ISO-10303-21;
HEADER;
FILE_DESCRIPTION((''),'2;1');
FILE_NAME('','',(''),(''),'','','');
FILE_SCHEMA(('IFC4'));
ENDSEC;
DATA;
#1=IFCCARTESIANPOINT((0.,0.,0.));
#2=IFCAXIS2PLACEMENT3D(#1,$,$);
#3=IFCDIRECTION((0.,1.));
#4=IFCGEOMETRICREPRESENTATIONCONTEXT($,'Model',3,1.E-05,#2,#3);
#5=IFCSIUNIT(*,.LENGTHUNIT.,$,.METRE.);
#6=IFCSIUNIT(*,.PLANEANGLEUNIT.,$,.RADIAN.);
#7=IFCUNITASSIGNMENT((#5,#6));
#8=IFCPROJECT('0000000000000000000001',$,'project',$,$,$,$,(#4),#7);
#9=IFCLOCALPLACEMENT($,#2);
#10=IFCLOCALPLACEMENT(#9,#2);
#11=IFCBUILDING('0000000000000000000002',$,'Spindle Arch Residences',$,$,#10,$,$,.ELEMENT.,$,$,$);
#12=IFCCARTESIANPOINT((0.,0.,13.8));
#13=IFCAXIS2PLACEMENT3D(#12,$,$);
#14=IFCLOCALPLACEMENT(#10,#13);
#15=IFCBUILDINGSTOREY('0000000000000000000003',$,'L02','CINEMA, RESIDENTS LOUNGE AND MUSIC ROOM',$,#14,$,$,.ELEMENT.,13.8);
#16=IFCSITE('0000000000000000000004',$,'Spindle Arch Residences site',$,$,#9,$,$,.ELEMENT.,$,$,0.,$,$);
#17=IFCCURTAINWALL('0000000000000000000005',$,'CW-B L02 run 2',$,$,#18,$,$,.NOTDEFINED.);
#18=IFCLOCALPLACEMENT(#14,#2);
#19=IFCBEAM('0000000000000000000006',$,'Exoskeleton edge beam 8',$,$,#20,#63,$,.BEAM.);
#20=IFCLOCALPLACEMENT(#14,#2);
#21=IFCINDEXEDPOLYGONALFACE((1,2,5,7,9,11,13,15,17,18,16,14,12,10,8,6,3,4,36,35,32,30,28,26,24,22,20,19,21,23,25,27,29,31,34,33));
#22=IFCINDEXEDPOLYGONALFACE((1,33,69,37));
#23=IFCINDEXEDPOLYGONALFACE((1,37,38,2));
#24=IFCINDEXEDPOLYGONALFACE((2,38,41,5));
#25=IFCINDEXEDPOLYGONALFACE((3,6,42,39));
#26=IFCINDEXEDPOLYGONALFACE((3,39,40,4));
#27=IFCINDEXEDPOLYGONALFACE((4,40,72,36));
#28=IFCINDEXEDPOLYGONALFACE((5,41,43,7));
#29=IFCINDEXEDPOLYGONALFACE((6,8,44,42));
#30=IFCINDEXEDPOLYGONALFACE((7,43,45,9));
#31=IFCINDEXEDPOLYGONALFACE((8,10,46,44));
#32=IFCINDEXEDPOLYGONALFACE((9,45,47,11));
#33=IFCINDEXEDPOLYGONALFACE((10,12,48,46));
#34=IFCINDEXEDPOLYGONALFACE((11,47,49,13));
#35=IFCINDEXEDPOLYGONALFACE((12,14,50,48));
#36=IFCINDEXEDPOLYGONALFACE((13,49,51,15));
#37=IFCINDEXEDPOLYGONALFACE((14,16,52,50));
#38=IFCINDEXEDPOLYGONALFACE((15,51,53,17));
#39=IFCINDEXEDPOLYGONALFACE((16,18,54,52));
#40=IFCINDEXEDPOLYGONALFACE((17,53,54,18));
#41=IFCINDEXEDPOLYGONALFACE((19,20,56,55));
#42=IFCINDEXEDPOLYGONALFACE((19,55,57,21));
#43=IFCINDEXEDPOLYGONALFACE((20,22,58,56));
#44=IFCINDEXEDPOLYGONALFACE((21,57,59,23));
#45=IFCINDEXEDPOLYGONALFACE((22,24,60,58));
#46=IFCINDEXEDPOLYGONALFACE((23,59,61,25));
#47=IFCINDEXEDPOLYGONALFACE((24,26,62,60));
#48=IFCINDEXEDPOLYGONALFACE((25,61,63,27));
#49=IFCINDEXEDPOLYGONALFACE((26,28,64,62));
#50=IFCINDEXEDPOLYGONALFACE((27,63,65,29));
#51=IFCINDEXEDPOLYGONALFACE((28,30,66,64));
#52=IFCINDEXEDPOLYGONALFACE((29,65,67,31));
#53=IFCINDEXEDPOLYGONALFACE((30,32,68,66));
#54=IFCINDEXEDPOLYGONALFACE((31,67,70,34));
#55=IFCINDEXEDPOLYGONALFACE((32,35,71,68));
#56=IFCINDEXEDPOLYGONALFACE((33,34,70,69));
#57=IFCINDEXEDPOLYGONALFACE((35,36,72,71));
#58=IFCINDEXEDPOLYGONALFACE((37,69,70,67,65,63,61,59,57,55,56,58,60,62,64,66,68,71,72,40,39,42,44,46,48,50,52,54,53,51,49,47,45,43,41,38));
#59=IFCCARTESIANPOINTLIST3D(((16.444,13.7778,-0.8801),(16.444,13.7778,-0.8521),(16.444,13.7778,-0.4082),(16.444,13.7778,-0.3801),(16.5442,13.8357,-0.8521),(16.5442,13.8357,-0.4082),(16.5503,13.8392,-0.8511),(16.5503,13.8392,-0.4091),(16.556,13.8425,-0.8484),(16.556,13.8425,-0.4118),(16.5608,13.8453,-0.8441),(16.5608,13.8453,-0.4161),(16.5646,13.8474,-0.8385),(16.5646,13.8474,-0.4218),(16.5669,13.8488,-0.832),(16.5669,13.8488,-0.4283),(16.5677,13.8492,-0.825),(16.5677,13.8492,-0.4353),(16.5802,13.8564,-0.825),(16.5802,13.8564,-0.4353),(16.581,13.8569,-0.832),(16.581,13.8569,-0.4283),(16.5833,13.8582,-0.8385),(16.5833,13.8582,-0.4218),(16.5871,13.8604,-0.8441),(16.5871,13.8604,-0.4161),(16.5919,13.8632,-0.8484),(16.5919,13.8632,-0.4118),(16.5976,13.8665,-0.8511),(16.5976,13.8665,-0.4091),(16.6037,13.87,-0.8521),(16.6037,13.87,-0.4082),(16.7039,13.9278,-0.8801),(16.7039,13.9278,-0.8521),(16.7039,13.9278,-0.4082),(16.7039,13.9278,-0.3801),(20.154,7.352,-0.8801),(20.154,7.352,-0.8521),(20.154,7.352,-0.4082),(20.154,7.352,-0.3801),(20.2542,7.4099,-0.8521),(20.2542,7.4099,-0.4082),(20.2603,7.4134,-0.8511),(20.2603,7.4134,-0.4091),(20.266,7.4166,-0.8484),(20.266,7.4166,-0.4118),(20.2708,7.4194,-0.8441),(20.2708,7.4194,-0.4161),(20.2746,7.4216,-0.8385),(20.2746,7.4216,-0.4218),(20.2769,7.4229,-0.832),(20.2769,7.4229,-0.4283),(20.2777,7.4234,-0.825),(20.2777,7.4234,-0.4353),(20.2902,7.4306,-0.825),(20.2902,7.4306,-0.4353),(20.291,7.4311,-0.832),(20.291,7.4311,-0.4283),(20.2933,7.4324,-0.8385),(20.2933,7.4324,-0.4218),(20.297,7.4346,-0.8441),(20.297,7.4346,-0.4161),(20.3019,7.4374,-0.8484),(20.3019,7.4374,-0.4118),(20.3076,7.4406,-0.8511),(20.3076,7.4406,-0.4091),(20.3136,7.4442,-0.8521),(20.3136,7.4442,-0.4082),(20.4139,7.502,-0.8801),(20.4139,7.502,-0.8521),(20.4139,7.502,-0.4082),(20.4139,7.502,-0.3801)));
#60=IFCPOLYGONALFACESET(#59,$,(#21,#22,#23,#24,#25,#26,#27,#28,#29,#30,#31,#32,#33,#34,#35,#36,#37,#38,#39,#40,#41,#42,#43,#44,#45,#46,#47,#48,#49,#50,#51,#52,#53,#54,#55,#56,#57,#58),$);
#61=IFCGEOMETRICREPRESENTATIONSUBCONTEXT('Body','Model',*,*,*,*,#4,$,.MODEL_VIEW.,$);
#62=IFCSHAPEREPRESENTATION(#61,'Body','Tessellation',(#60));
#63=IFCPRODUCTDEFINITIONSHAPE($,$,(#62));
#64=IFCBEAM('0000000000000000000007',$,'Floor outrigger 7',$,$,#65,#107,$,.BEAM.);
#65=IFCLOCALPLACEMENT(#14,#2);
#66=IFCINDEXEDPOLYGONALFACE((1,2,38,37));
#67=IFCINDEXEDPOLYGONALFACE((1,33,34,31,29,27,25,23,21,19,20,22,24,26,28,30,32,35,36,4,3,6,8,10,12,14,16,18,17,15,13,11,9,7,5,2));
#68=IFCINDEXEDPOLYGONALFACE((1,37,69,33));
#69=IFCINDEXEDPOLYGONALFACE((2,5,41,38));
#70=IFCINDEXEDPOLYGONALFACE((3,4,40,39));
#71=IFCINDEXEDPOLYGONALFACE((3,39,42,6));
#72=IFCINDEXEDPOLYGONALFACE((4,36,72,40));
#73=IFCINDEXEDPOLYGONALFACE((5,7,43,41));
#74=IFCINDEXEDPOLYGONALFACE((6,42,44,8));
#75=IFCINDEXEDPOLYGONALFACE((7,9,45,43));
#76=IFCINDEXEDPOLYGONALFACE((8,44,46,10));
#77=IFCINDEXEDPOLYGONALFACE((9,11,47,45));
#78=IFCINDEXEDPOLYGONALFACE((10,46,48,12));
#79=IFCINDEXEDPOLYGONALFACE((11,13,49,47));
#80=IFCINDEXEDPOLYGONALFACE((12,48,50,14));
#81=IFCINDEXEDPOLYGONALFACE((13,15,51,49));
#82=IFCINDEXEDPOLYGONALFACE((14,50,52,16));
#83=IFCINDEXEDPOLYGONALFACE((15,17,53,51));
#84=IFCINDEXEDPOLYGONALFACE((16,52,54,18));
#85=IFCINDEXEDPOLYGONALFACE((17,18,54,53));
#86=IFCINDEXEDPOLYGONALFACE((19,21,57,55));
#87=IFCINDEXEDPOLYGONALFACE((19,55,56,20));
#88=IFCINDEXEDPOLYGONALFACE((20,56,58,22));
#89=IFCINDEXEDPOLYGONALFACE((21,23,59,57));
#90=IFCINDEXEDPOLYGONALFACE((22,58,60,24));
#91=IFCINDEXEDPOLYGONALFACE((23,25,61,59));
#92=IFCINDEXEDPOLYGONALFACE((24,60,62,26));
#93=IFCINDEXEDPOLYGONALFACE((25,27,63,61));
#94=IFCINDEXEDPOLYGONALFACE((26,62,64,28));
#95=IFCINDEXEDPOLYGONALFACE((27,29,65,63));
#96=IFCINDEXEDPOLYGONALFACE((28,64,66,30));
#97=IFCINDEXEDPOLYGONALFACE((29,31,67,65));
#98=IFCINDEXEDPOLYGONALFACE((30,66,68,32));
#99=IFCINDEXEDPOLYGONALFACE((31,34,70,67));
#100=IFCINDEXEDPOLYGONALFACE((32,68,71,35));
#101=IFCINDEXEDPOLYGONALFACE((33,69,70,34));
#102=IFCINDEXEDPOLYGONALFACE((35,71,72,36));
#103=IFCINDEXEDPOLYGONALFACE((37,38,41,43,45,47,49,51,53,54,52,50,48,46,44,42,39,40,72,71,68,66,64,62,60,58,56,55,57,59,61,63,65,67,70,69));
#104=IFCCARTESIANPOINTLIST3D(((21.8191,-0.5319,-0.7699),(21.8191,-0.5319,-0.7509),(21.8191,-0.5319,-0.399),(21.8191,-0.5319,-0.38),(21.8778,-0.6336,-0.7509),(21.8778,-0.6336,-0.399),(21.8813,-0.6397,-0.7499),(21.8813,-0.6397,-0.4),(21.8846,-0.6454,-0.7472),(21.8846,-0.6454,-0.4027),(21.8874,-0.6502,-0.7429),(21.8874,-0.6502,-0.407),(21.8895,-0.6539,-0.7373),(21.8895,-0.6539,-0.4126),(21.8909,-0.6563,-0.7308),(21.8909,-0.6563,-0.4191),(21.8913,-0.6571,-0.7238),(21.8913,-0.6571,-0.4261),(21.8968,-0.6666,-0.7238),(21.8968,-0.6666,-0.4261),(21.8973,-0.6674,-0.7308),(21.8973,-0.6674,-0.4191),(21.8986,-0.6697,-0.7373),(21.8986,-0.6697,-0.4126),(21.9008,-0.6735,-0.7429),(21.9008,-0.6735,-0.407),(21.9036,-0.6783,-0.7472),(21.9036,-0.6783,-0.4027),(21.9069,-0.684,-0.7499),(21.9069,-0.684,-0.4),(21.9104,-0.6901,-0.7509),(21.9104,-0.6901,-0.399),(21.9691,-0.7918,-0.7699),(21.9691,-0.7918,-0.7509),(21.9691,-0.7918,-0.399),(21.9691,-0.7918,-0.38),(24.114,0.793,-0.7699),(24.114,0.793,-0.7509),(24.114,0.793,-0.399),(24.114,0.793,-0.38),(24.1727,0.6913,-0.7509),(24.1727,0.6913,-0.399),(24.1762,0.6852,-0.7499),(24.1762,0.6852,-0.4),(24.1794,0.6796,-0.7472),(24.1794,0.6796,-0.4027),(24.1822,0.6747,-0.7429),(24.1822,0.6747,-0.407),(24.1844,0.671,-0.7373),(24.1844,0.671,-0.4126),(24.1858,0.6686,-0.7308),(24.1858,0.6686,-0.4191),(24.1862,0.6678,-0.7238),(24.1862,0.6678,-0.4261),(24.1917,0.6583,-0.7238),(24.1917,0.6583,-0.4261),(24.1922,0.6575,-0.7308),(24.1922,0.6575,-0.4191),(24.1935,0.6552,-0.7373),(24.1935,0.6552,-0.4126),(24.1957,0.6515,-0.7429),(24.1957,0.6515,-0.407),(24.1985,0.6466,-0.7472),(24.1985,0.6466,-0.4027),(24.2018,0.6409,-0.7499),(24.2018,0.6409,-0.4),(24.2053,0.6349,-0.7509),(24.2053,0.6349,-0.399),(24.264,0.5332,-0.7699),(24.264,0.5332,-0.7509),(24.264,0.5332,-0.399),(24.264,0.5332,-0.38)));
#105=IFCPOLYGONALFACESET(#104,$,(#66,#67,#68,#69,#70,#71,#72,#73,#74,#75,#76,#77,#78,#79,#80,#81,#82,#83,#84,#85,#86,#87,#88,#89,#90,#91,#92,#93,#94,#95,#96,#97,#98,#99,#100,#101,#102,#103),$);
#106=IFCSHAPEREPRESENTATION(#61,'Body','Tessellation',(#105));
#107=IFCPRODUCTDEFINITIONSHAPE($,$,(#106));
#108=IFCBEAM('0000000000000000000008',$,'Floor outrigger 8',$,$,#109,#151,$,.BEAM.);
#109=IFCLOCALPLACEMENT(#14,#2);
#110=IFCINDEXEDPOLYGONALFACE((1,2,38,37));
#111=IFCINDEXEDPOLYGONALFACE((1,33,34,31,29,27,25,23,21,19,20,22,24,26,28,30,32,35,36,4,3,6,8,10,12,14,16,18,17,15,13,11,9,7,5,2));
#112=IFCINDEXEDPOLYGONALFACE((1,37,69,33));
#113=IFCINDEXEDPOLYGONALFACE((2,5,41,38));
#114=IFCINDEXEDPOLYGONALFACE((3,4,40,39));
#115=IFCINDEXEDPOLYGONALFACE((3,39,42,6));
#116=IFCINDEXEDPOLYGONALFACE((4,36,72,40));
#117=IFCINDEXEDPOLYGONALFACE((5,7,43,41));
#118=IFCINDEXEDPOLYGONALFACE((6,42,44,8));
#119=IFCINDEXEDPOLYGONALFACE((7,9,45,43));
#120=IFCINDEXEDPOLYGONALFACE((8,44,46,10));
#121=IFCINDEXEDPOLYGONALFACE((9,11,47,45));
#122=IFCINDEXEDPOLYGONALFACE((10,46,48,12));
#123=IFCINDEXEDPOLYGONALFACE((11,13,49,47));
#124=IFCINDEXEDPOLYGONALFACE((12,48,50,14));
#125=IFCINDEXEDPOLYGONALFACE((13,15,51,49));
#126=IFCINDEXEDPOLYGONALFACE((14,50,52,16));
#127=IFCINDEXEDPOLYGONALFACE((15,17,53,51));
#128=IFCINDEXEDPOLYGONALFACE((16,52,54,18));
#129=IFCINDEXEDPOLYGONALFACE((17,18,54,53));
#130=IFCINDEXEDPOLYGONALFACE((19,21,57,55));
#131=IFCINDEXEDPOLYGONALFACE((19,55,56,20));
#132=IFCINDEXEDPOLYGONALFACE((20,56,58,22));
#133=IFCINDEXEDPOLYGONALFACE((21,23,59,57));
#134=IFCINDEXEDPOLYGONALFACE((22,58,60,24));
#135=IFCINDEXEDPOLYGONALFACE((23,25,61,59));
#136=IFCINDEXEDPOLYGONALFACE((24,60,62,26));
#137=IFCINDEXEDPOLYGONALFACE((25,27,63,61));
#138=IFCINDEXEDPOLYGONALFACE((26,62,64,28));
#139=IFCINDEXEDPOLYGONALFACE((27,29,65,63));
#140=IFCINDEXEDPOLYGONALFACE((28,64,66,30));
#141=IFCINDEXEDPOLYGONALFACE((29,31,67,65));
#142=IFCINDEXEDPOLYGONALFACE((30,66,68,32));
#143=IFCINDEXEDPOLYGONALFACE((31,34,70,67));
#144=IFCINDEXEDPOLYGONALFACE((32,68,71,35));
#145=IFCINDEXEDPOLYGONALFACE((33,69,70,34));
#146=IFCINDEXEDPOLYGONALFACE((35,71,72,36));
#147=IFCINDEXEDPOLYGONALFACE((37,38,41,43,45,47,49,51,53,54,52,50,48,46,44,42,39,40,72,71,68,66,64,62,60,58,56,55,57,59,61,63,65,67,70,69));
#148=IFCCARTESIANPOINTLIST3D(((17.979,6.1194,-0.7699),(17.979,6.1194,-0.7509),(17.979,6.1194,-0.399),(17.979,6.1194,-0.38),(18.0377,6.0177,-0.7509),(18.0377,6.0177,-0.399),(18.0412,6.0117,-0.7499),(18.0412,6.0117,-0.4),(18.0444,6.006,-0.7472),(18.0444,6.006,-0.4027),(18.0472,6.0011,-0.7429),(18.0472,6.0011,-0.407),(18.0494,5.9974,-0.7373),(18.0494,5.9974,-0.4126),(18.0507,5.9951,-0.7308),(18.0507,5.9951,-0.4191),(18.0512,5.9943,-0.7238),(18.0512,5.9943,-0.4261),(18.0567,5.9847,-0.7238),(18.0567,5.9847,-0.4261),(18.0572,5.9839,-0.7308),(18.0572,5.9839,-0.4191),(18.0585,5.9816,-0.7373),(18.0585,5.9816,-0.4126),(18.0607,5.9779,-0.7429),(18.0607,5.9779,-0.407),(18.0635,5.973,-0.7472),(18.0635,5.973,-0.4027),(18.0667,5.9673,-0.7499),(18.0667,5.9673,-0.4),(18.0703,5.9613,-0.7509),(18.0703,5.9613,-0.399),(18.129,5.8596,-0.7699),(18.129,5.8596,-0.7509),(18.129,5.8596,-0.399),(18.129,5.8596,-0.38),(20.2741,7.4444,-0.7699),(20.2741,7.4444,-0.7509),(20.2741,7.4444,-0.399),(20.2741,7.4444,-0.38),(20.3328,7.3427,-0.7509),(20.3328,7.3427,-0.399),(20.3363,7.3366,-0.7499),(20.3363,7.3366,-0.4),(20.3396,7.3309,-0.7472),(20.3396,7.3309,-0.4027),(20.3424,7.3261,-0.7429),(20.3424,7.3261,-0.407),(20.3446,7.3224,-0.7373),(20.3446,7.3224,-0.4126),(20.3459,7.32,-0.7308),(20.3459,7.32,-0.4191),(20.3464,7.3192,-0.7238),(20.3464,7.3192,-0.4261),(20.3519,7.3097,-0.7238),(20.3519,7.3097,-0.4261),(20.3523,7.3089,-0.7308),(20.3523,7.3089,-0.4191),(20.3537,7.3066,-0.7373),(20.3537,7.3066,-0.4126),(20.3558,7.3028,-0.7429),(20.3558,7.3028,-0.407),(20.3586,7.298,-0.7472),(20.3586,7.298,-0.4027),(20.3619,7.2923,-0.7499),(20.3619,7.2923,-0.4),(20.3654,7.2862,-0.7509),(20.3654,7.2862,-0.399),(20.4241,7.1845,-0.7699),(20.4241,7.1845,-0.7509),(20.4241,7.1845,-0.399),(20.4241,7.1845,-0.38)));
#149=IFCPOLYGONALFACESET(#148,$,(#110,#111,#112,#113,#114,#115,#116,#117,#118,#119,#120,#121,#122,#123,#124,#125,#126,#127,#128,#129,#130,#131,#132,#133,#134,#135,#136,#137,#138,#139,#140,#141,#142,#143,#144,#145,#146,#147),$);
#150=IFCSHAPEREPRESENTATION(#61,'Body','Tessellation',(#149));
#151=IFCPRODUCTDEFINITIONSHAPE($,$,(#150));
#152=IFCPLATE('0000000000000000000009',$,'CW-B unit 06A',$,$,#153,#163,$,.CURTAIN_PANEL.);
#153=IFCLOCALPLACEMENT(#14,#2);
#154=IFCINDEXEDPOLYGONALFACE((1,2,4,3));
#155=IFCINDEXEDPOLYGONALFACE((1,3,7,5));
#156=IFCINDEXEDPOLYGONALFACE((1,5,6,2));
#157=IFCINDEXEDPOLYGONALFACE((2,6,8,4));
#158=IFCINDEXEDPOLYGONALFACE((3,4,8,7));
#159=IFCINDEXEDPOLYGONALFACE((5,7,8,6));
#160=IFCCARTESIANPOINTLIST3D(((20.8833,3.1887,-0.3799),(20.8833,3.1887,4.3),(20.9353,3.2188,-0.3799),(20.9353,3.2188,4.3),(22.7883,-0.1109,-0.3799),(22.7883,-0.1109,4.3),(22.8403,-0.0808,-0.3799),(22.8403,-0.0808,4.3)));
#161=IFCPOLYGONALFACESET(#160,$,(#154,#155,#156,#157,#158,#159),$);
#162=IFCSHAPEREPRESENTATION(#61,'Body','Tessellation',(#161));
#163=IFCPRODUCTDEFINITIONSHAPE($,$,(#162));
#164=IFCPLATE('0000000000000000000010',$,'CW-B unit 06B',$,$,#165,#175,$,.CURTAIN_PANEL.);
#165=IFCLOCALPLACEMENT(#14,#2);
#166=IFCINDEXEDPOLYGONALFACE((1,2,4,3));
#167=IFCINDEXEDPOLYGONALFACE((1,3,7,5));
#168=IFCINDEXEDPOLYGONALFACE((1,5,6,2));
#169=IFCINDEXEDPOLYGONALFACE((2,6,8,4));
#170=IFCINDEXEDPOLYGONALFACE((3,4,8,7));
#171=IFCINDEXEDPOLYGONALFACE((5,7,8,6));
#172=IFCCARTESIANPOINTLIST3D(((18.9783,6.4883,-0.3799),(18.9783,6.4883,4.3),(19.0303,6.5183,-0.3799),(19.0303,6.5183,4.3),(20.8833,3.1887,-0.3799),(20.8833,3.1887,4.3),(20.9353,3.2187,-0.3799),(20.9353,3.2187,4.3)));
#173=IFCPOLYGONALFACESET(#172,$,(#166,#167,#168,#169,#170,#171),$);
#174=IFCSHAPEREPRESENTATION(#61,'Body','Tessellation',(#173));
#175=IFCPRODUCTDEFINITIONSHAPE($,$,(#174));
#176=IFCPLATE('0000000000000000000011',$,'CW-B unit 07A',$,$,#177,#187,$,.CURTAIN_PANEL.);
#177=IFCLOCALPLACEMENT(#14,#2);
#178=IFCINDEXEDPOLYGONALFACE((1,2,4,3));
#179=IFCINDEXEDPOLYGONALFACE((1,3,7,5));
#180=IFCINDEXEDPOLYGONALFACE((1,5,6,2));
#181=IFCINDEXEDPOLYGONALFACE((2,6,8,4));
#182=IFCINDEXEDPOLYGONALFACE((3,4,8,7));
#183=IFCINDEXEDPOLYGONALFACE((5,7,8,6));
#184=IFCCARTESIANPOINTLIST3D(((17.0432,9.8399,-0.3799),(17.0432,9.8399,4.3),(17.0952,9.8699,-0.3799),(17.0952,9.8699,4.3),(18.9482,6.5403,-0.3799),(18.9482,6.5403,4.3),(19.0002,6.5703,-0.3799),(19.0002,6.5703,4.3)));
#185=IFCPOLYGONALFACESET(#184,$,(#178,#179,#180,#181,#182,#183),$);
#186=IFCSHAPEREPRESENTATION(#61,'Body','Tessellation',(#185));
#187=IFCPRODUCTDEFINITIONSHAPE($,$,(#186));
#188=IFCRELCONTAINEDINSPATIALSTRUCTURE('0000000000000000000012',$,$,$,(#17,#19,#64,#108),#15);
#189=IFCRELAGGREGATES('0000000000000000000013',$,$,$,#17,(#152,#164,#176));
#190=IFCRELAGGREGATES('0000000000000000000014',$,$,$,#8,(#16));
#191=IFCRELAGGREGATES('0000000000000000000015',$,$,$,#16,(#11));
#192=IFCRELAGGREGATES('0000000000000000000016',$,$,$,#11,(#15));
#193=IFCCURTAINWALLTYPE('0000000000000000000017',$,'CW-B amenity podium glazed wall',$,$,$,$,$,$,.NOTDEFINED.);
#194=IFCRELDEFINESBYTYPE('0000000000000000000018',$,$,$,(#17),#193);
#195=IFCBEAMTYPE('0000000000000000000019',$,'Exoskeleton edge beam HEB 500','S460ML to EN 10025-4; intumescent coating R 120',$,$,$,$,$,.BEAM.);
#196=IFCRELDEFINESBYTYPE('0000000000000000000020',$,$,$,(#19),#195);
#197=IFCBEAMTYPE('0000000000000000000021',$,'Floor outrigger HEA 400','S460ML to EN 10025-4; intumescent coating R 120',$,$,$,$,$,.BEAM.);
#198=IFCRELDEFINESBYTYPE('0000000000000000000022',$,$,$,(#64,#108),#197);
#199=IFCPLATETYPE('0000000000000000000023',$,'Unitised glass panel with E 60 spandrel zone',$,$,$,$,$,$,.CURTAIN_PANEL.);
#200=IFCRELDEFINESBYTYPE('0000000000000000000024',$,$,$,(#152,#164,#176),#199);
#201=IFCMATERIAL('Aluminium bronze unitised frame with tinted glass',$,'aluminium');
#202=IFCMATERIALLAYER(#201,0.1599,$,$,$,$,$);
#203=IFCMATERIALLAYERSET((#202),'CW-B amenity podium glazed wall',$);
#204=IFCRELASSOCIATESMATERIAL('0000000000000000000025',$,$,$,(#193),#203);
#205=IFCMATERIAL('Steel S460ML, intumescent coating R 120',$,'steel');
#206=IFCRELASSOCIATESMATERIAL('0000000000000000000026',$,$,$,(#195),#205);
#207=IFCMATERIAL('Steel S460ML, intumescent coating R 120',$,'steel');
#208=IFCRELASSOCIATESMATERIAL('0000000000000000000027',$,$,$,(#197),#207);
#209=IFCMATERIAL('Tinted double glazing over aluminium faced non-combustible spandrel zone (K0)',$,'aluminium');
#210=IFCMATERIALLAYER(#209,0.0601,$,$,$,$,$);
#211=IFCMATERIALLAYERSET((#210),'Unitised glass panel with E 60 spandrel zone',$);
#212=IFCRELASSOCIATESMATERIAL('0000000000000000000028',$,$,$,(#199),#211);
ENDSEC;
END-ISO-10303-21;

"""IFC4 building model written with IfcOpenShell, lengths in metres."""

from ifc_helpers import new_model, si_unit, direction, frame, origin, origin_2d, place, context, subcontext, project, spatial, rectangle, i_section, extrude, material, layer, layer_set, material_profile, profile_set, type_object, element, aggregate, save


model = new_model("IFC4")

# Units and contexts
model_context = context("Model", 3, precision=1e-05, world=origin(), true_north=direction((0.0, 1.0)))
body_context = subcontext(model_context, "Body", "Model", "MODEL_VIEW")
ifc_project = project(units=[si_unit("LENGTHUNIT", "METRE"), si_unit("PLANEANGLEUNIT", "RADIAN")], contexts=[model_context])

# Site, building, storey
site_placement = place(None, origin())
site = spatial("IfcSite", under=ifc_project, at=site_placement, Name="Spindle Arch Residences site", CompositionType="ELEMENT", RefElevation=0.0)
building_placement = place(site_placement, origin())
building = spatial("IfcBuilding", under=site, at=building_placement, Name="Spindle Arch Residences", CompositionType="ELEMENT")
storey_placement = place(building_placement, frame((0.0, 0.0, 13.8)))
storey = spatial("IfcBuildingStorey", under=building, at=storey_placement, Name="L02", Description="CINEMA, RESIDENTS LOUNGE AND MUSIC ROOM", CompositionType="ELEMENT", Elevation=13.8)

# Curtain wall
ifc_material_1 = material(Name="Aluminium bronze unitised frame with tinted glass", Category="aluminium")
ifc_layer_1 = layer(ifc_material_1, 0.1599)
ifc_layer_set_1 = layer_set([ifc_layer_1], Name="CW-B amenity podium glazed wall")
curtain_wall_type = type_object("IfcCurtainWallType", Name="CW-B amenity podium glazed wall", PredefinedType="NOTDEFINED", material=ifc_layer_set_1)
curtain_wall_placement = place(storey_placement, origin())
curtain_wall = element("IfcCurtainWall", 1, at=curtain_wall_placement, inside=storey, type_object=curtain_wall_type, Name="CW-B L02 run 2", PredefinedType="NOTDEFINED")

# Beams
ifc_material_2 = material(Name="Steel S460ML, intumescent coating R 120", Category="steel")
ifc_material_profile_1 = material_profile(ifc_material_2, i_section(OverallWidth=0.3, OverallDepth=0.5, WebThickness=0.0144, FlangeThickness=0.0281, FilletRadius=0.0271, at=origin_2d()), Name="HEB 500")
ifc_profile_set_1 = profile_set([ifc_material_profile_1], Name="Steel S460ML, intumescent coating R 120")
beam_type_1 = type_object("IfcBeamType", Name="Exoskeleton edge beam HEB 500", Description="S460ML to EN 10025-4; intumescent coating R 120", PredefinedType="BEAM", material=ifc_profile_set_1)
beam_1_placement = place(storey_placement, frame((20.2839, 7.427, -0.6301), z_axis=(-0.500003, 0.866023, 0.0), x_axis=(-0.866023, -0.500003, 0.0)))
element("IfcBeam", 2, at=beam_1_placement, inside=storey, type_object=beam_type_1, Name="Exoskeleton edge beam 8", PredefinedType="BEAM", context=body_context, shape_type="SweptSolid", body=[
    extrude(i_section(OverallWidth=0.3, OverallDepth=0.5, WebThickness=0.0144, FlangeThickness=0.0281, FilletRadius=0.0271, at=origin_2d()), origin(), (0.0, 0.0, 1.0), 7.4199),
])
ifc_material_3 = material(Name="Steel S460ML, intumescent coating R 120", Category="steel")
ifc_material_profile_2 = material_profile(ifc_material_3, i_section(OverallWidth=0.3, OverallDepth=0.3899, WebThickness=0.011, FlangeThickness=0.019, FilletRadius=0.0271, at=origin_2d()), Name="HEA 400")
ifc_profile_set_2 = profile_set([ifc_material_profile_2], Name="Steel S460ML, intumescent coating R 120")
beam_type_2 = type_object("IfcBeamType", Name="Floor outrigger HEA 400", Description="S460ML to EN 10025-4; intumescent coating R 120", PredefinedType="BEAM", material=ifc_profile_set_2)
beam_2_placement = place(storey_placement, frame((24.189, 0.6631, -0.575), z_axis=(-0.866029, -0.499994, 0.0), x_axis=(0.499994, -0.866029, 0.0)))
element("IfcBeam", 3, at=beam_2_placement, inside=storey, type_object=beam_type_2, Name="Floor outrigger 7", PredefinedType="BEAM", context=body_context, shape_type="SweptSolid", body=[
    extrude(i_section(OverallWidth=0.3, OverallDepth=0.3899, WebThickness=0.011, FlangeThickness=0.019, FilletRadius=0.0271, at=origin_2d()), origin(), (0.0, 0.0, 1.0), 2.6499),
])
beam_3_placement = place(storey_placement, frame((20.3491, 7.3145, -0.575), z_axis=(-0.866052, -0.499954, 0.0), x_axis=(0.499954, -0.866052, 0.0)))
element("IfcBeam", 4, at=beam_3_placement, inside=storey, type_object=beam_type_2, Name="Floor outrigger 8", PredefinedType="BEAM", context=body_context, shape_type="SweptSolid", body=[
    extrude(i_section(OverallWidth=0.3, OverallDepth=0.3899, WebThickness=0.011, FlangeThickness=0.019, FilletRadius=0.0271, at=origin_2d()), origin(), (0.0, 0.0, 1.0), 2.6501),
])

# Plates
ifc_material_4 = material(Name="Tinted double glazing over aluminium faced non-combustible spandrel zone (K0)", Category="aluminium")
ifc_layer_2 = layer(ifc_material_4, 0.0601)
ifc_layer_set_2 = layer_set([ifc_layer_2], Name="Unitised glass panel with E 60 spandrel zone")
plate_type = type_object("IfcPlateType", Name="Unitised glass panel with E 60 spandrel zone", PredefinedType="CURTAIN_PANEL", material=ifc_layer_set_2)
plate_1_placement = place(storey_placement, frame((21.8618, 1.554, -0.3799), z_axis=(0.0, 0.0, 1.0), x_axis=(-0.5, 0.866025, 0.0)))
plate_1 = element("IfcPlate", 5, at=plate_1_placement, type_object=plate_type, Name="CW-B unit 06A", PredefinedType="CURTAIN_PANEL", context=body_context, shape_type="SweptSolid", body=[
    extrude(rectangle(XDim=3.8101, YDim=0.0601, at=origin_2d()), origin(), (0.0, 0.0, 1.0), 4.6799),
])
plate_2_placement = place(storey_placement, frame((19.9568, 4.8535, -0.3799), z_axis=(0.0, 0.0, 1.0), x_axis=(-0.5, 0.866025, 0.0)))
plate_2 = element("IfcPlate", 6, at=plate_2_placement, type_object=plate_type, Name="CW-B unit 06B", PredefinedType="CURTAIN_PANEL", context=body_context, shape_type="SweptSolid", body=[
    extrude(rectangle(XDim=3.8101, YDim=0.0601, at=origin_2d()), origin(), (0.0, 0.0, 1.0), 4.6799),
])
plate_3_placement = place(storey_placement, frame((18.0217, 8.2051, -0.3799), z_axis=(0.0, 0.0, 1.0), x_axis=(-0.5, 0.866025, 0.0)))
plate_3 = element("IfcPlate", 7, at=plate_3_placement, type_object=plate_type, Name="CW-B unit 07A", PredefinedType="CURTAIN_PANEL", context=body_context, shape_type="SweptSolid", body=[
    extrude(rectangle(XDim=3.8101, YDim=0.0601, at=origin_2d()), origin(), (0.0, 0.0, 1.0), 4.6799),
])
aggregate(curtain_wall, [plate_1, plate_2, plate_3])

save(model, "model.ifc")
